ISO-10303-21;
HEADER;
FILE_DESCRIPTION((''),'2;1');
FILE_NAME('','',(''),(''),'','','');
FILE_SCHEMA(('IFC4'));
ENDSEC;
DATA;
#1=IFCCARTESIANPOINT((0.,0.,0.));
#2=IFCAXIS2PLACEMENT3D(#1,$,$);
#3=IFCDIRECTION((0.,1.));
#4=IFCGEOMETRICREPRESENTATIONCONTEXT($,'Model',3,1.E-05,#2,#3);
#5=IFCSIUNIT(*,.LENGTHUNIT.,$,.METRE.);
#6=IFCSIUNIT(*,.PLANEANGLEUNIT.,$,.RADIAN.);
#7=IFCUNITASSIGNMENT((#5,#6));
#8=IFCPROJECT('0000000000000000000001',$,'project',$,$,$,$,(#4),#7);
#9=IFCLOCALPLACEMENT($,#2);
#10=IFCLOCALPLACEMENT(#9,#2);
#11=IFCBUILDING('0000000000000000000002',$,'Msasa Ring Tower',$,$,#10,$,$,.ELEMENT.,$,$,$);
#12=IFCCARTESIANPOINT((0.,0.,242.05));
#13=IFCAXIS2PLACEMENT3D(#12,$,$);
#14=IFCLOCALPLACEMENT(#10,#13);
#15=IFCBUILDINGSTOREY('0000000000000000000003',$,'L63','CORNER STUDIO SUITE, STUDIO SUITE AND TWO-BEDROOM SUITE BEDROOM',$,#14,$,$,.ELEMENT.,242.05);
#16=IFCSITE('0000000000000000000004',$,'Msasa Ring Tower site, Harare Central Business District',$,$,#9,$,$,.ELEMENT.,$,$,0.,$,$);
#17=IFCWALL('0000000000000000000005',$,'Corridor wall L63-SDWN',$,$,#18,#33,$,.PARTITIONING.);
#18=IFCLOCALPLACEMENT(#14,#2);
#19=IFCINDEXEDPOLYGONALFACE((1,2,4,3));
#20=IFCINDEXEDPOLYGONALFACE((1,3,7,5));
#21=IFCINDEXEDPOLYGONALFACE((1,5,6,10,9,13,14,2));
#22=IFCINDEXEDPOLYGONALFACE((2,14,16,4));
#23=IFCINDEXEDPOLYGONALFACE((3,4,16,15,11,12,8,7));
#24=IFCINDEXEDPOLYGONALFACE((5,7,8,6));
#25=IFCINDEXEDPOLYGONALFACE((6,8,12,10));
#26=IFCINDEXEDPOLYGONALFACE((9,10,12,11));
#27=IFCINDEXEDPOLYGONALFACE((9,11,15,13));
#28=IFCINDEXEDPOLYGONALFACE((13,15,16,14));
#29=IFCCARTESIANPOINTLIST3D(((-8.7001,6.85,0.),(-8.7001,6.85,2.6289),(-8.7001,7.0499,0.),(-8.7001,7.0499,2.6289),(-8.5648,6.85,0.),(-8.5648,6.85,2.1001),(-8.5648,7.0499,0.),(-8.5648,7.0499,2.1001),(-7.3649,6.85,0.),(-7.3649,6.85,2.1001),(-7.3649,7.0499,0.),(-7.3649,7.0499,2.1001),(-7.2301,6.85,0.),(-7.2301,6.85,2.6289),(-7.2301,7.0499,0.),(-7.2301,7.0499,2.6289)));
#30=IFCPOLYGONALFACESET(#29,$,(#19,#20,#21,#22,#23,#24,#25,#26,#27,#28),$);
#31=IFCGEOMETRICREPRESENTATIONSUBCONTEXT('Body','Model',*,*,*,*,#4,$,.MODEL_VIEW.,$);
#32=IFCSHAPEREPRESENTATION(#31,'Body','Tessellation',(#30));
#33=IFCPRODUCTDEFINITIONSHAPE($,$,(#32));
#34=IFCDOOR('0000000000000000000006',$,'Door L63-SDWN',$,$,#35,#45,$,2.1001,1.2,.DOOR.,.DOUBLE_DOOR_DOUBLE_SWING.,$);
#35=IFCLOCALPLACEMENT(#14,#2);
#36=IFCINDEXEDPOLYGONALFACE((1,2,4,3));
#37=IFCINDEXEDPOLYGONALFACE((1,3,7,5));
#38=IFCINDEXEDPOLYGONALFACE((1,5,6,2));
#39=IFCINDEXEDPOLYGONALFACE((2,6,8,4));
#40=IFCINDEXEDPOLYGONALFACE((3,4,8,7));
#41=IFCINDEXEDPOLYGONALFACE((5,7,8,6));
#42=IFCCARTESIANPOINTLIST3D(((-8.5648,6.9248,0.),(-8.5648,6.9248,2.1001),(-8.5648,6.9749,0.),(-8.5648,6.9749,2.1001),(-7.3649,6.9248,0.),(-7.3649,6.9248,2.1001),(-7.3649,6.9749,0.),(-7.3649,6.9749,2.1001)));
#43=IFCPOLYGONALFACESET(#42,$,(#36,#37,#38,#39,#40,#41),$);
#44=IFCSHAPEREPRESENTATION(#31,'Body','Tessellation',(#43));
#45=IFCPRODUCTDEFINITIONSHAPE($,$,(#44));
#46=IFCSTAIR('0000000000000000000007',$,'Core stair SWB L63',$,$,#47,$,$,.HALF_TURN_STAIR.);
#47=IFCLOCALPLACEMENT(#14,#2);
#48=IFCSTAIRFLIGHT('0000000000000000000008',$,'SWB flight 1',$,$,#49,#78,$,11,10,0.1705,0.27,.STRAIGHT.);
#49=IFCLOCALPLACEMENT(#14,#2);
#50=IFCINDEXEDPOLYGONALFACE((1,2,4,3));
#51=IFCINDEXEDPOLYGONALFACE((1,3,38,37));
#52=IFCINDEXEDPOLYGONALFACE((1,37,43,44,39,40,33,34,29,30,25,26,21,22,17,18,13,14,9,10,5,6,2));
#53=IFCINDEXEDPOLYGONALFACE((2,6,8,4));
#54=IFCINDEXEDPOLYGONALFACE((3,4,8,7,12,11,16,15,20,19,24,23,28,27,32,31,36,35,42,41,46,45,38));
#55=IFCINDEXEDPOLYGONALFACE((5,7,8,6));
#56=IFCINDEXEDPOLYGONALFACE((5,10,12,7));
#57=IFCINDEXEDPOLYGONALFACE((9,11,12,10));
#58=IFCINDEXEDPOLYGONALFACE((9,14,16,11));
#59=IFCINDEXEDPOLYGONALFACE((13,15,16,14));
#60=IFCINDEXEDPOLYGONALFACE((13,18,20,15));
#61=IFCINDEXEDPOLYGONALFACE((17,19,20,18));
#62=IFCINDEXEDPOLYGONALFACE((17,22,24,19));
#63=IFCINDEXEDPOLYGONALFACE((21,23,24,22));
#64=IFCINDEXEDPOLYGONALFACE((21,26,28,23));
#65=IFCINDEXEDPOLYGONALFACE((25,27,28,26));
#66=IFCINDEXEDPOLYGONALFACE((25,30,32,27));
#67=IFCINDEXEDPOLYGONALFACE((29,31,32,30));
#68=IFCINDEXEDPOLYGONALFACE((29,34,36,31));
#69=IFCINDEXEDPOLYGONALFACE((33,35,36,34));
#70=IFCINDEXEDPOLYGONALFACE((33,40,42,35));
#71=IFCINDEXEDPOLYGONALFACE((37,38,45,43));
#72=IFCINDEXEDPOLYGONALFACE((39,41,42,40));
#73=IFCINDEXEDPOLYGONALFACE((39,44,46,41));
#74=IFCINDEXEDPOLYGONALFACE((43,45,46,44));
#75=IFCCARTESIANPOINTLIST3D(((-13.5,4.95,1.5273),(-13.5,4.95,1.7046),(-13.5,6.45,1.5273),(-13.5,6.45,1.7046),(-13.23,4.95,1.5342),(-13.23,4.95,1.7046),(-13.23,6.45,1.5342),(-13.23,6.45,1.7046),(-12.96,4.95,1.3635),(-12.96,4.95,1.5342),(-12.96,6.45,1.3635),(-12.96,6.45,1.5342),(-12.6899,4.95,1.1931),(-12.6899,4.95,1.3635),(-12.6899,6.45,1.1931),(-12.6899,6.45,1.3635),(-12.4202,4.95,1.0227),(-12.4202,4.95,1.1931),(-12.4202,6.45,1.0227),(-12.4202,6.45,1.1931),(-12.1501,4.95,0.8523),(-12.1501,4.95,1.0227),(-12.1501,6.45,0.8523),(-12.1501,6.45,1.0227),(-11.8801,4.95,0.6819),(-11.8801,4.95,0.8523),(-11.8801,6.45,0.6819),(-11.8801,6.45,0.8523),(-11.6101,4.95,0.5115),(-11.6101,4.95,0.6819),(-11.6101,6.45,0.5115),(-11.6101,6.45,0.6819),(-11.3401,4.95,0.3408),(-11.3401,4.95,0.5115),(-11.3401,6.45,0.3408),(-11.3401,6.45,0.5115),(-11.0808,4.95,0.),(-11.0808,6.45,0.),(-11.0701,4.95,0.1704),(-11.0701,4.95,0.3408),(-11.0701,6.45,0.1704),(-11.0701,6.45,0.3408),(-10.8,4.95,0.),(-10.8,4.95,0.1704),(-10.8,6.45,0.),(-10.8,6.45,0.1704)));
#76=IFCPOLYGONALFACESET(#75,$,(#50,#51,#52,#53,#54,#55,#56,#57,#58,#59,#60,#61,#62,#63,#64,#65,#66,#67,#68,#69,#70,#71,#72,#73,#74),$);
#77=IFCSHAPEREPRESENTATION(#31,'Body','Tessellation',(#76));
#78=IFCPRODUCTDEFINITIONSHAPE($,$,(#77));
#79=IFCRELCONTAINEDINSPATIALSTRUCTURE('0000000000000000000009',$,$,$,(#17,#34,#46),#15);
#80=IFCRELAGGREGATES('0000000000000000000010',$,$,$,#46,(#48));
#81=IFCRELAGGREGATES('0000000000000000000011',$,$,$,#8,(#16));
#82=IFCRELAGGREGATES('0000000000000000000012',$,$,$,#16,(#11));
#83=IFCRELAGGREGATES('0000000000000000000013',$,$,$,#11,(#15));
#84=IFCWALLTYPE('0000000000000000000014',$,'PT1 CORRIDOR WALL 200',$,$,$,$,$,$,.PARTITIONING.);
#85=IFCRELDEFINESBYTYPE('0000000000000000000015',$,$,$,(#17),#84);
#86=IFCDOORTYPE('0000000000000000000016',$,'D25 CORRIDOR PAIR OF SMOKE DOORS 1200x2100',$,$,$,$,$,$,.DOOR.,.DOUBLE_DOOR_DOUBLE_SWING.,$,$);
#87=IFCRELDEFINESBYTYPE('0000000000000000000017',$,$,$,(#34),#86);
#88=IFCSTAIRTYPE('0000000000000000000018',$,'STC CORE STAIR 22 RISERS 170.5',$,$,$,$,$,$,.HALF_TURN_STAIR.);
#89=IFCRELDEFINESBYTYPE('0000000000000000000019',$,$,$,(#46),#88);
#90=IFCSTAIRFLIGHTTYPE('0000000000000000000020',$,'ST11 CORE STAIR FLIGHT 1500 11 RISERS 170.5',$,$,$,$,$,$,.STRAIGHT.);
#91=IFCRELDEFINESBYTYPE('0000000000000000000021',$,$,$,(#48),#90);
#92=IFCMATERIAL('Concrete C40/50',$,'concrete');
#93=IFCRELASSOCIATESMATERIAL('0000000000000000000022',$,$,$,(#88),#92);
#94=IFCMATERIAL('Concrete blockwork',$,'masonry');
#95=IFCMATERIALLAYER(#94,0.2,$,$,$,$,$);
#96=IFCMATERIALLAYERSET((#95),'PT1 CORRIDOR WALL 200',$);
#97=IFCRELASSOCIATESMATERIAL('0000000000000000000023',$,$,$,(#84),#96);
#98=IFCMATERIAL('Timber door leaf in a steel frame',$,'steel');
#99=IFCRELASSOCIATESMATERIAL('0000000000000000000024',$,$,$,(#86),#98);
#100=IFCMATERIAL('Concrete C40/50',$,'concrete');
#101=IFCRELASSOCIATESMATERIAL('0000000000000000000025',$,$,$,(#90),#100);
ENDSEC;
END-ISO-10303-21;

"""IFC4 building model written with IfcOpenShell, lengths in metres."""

from ifc_helpers import new_model, si_unit, direction, frame, frame_2d, origin, place, context, subcontext, project, spatial, polyline, rectangle, outline, extrude, material, layer, layer_set, type_object, element, fill, aggregate, save


model = new_model("IFC4")

# Units and contexts
model_context = context("Model", 3, precision=1e-05, world=origin(), true_north=direction((0.0, 1.0)))
body_context = subcontext(model_context, "Body", "Model", "MODEL_VIEW")
ifc_project = project(units=[si_unit("LENGTHUNIT", "METRE"), si_unit("PLANEANGLEUNIT", "RADIAN")], contexts=[model_context])

# Site, building, storey
site_placement = place(None, origin())
site = spatial("IfcSite", under=ifc_project, at=site_placement, Name="Msasa Ring Tower site, Harare Central Business District", CompositionType="ELEMENT", RefElevation=0.0)
building_placement = place(site_placement, origin())
building = spatial("IfcBuilding", under=site, at=building_placement, Name="Msasa Ring Tower", CompositionType="ELEMENT")
storey_placement = place(building_placement, frame((0.0, 0.0, 242.05)))
storey = spatial("IfcBuildingStorey", under=building, at=storey_placement, Name="L63", Description="CORNER STUDIO SUITE, STUDIO SUITE AND TWO-BEDROOM SUITE BEDROOM", CompositionType="ELEMENT", Elevation=242.05)

# Shared definitions
ifc_material_1 = material(Name="Concrete C40/50", Category="concrete")
stair_type = type_object("IfcStairType", Name="STC CORE STAIR 22 RISERS 170.5", PredefinedType="HALF_TURN_STAIR", material=ifc_material_1)

# Wall, opening, door
ifc_material_2 = material(Name="Concrete blockwork", Category="masonry")
ifc_layer_1 = layer(ifc_material_2, 0.2)
ifc_layer_set_1 = layer_set([ifc_layer_1], Name="PT1 CORRIDOR WALL 200")
wall_type_1 = type_object("IfcWallType", Name="PT1 CORRIDOR WALL 200", PredefinedType="PARTITIONING", material=ifc_layer_set_1)
wall_1_placement = place(storey_placement, frame((-8.7, 6.95, 0.0), z_axis=(0.0, 0.0, 1.0), x_axis=(1.0, 0.0, 0.0)))
wall_1 = element("IfcWall", 1, at=wall_1_placement, inside=storey, type_object=wall_type_1, Name="Corridor wall L63-SDWN", PredefinedType="PARTITIONING", context=body_context, shape_type="SweptSolid", body=[
    extrude(rectangle(XDim=1.47, YDim=0.2, at=frame_2d((0.7349, 0.0))), origin(), (0.0, 0.0, 1.0), 2.6289),
])
opening_placement = place(wall_1_placement, frame((0.135, 0.0, 0.0)))
opening = element("IfcOpeningElement", 2, at=opening_placement, cuts=wall_1, PredefinedType="OPENING", context=body_context, shape_type="SweptSolid", body=[
    extrude(rectangle(XDim=1.2, YDim=2.1001, at=frame_2d((0.6001, 1.05))), frame((0.0, 0.1099, 0.0), z_axis=(0.0, -1.0, 0.0), x_axis=(1.0, 0.0, 0.0)), (0.0, 0.0, 1.0), 0.22),
])
ifc_material_3 = material(Name="Timber door leaf in a steel frame", Category="steel")
door_type = type_object("IfcDoorType", Name="D25 CORRIDOR PAIR OF SMOKE DOORS 1200x2100", OperationType="DOUBLE_DOOR_DOUBLE_SWING", PredefinedType="DOOR", material=ifc_material_3)
door_placement = place(opening_placement, origin())
door = element("IfcDoor", 3, at=door_placement, inside=storey, type_object=door_type, Name="Door L63-SDWN", OperationType="DOUBLE_DOOR_DOUBLE_SWING", OverallHeight=2.1001, OverallWidth=1.2, PredefinedType="DOOR", context=body_context, shape_type="SweptSolid", body=[
    extrude(rectangle(XDim=1.2, YDim=2.1001, at=frame_2d((0.6001, 1.05))), frame((0.0, 0.0249, 0.0), z_axis=(0.0, -1.0, 0.0), x_axis=(1.0, 0.0, 0.0)), (0.0, 0.0, 1.0), 0.05),
])
fill(opening, door)

# Stair, stair flight
stair_1_placement = place(storey_placement, origin())
stair_1 = element("IfcStair", 4, at=stair_1_placement, inside=storey, type_object=stair_type, Name="Core stair SWB L63", PredefinedType="HALF_TURN_STAIR")
ifc_material_4 = material(Name="Concrete C40/50", Category="concrete")
stair_flight_type = type_object("IfcStairFlightType", Name="ST11 CORE STAIR FLIGHT 1500 11 RISERS 170.5", PredefinedType="STRAIGHT", material=ifc_material_4)
stair_flight_placement = place(storey_placement, frame((-10.8, 5.7, 0.0), z_axis=(0.0, 0.0, 1.0), x_axis=(-1.0, 0.0, 0.0)))
stair_flight = element("IfcStairFlight", 5, at=stair_flight_placement, type_object=stair_flight_type, Name="SWB flight 1", NumberOfRisers=11, NumberOfTreads=10, PredefinedType="STRAIGHT", RiserHeight=0.1705, TreadLength=0.27, context=body_context, shape_type="SweptSolid", body=[
    extrude(outline(polyline([(0.0, 0.0), (0.0, 0.1704), (0.27, 0.1704), (0.27, 0.3408), (0.54, 0.3408), (0.54, 0.5115), (0.8101, 0.5115), (0.8101, 0.6819), (1.0801, 0.6819), (1.0801, 0.8523), (1.3501, 0.8523), (1.3501, 1.0227), (1.6201, 1.0227), (1.6201, 1.1931), (1.8899, 1.1931), (1.8899, 1.3635), (2.1599, 1.3635), (2.1599, 1.5342), (2.4299, 1.5342), (2.4299, 1.7046), (2.7, 1.7046), (2.7, 1.875), (2.7, 1.5273), (0.2808, 0.0), (0.0, 0.0)])), frame((0.0, 0.75, 0.0), z_axis=(0.0, -1.0, 0.0), x_axis=(1.0, 0.0, 0.0)), (0.0, 0.0, 1.0), 1.5),
])
aggregate(stair_1, [stair_flight])

save(model, "model.ifc")
